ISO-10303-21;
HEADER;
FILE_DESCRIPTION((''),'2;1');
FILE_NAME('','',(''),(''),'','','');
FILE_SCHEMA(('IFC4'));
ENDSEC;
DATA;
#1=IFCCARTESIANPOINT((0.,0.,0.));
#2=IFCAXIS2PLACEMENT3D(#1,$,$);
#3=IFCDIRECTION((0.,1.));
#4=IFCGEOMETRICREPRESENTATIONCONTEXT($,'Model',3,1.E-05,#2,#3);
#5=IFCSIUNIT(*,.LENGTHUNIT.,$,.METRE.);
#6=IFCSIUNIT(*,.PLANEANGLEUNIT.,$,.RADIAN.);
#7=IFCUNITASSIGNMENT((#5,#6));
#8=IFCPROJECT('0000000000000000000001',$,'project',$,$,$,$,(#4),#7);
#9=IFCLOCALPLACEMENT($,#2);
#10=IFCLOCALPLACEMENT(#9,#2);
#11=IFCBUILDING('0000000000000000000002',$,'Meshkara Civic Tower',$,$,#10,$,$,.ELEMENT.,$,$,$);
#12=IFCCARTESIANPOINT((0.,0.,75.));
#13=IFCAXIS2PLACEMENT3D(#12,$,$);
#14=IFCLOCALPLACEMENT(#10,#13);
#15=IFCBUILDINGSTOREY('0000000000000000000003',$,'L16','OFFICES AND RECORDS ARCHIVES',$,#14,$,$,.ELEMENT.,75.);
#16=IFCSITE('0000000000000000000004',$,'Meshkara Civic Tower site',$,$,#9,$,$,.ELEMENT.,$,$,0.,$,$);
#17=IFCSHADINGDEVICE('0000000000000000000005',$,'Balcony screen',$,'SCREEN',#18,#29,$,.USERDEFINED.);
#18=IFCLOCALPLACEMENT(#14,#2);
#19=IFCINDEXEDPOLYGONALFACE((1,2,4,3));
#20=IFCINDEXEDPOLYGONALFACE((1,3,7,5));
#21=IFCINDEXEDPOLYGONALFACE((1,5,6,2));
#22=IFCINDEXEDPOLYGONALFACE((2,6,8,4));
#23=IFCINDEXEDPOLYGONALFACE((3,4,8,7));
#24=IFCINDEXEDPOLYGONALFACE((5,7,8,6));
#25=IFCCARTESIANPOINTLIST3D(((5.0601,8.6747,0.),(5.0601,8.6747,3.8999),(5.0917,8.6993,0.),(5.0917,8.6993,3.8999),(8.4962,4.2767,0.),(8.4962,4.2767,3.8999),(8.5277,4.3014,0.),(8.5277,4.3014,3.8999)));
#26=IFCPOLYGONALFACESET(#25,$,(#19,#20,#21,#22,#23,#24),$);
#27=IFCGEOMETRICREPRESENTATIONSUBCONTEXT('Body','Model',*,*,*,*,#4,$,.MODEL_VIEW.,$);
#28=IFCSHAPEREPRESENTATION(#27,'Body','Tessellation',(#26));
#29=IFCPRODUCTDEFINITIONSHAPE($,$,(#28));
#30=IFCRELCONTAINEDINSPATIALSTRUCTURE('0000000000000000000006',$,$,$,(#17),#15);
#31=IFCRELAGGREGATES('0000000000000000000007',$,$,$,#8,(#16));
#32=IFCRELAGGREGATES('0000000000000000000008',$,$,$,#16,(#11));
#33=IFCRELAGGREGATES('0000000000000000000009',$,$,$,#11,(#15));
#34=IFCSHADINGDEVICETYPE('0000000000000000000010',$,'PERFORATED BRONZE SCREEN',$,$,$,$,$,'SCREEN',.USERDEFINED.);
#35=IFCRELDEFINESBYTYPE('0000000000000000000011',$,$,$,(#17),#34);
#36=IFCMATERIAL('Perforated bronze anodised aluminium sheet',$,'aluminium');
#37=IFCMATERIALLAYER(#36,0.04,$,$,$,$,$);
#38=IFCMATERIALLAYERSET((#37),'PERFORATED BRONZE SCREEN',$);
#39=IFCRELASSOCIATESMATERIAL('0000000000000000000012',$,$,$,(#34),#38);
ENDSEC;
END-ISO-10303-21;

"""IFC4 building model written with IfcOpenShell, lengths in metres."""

from ifc_helpers import new_model, si_unit, direction, frame, origin, origin_2d, place, context, subcontext, project, spatial, rectangle, extrude, material, layer, layer_set, type_object, element, save


model = new_model("IFC4")

# Units and contexts
model_context = context("Model", 3, precision=1e-05, world=origin(), true_north=direction((0.0, 1.0)))
body_context = subcontext(model_context, "Body", "Model", "MODEL_VIEW")
ifc_project = project(units=[si_unit("LENGTHUNIT", "METRE"), si_unit("PLANEANGLEUNIT", "RADIAN")], contexts=[model_context])

# Site, building, storey
site_placement = place(None, origin())
site = spatial("IfcSite", under=ifc_project, at=site_placement, Name="Meshkara Civic Tower site", CompositionType="ELEMENT", RefElevation=0.0)
building_placement = place(site_placement, origin())
building = spatial("IfcBuilding", under=site, at=building_placement, Name="Meshkara Civic Tower", CompositionType="ELEMENT")
storey_placement = place(building_placement, frame((0.0, 0.0, 75.0)))
storey = spatial("IfcBuildingStorey", under=building, at=storey_placement, Name="L16", Description="OFFICES AND RECORDS ARCHIVES", CompositionType="ELEMENT", Elevation=75.0)

# Shading device
ifc_material_1 = material(Name="Perforated bronze anodised aluminium sheet", Category="aluminium")
ifc_layer_1 = layer(ifc_material_1, 0.04)
ifc_layer_set_1 = layer_set([ifc_layer_1], Name="PERFORATED BRONZE SCREEN")
shading_device_type = type_object("IfcShadingDeviceType", Name="PERFORATED BRONZE SCREEN", ElementType="SCREEN", PredefinedType="USERDEFINED", material=ifc_layer_set_1)
shading_device_placement = place(storey_placement, frame((6.7939, 6.488, 0.0), z_axis=(0.0, 0.0, 1.0), x_axis=(0.615661, -0.788011, 0.0)))
element("IfcShadingDevice", 1, at=shading_device_placement, inside=storey, type_object=shading_device_type, Name="Balcony screen", ObjectType="SCREEN", PredefinedType="USERDEFINED", context=body_context, shape_type="SweptSolid", body=[
    extrude(rectangle(XDim=5.5811, YDim=0.04, at=origin_2d()), origin(), (0.0, 0.0, 1.0), 3.8999),
])

save(model, "model.ifc")
